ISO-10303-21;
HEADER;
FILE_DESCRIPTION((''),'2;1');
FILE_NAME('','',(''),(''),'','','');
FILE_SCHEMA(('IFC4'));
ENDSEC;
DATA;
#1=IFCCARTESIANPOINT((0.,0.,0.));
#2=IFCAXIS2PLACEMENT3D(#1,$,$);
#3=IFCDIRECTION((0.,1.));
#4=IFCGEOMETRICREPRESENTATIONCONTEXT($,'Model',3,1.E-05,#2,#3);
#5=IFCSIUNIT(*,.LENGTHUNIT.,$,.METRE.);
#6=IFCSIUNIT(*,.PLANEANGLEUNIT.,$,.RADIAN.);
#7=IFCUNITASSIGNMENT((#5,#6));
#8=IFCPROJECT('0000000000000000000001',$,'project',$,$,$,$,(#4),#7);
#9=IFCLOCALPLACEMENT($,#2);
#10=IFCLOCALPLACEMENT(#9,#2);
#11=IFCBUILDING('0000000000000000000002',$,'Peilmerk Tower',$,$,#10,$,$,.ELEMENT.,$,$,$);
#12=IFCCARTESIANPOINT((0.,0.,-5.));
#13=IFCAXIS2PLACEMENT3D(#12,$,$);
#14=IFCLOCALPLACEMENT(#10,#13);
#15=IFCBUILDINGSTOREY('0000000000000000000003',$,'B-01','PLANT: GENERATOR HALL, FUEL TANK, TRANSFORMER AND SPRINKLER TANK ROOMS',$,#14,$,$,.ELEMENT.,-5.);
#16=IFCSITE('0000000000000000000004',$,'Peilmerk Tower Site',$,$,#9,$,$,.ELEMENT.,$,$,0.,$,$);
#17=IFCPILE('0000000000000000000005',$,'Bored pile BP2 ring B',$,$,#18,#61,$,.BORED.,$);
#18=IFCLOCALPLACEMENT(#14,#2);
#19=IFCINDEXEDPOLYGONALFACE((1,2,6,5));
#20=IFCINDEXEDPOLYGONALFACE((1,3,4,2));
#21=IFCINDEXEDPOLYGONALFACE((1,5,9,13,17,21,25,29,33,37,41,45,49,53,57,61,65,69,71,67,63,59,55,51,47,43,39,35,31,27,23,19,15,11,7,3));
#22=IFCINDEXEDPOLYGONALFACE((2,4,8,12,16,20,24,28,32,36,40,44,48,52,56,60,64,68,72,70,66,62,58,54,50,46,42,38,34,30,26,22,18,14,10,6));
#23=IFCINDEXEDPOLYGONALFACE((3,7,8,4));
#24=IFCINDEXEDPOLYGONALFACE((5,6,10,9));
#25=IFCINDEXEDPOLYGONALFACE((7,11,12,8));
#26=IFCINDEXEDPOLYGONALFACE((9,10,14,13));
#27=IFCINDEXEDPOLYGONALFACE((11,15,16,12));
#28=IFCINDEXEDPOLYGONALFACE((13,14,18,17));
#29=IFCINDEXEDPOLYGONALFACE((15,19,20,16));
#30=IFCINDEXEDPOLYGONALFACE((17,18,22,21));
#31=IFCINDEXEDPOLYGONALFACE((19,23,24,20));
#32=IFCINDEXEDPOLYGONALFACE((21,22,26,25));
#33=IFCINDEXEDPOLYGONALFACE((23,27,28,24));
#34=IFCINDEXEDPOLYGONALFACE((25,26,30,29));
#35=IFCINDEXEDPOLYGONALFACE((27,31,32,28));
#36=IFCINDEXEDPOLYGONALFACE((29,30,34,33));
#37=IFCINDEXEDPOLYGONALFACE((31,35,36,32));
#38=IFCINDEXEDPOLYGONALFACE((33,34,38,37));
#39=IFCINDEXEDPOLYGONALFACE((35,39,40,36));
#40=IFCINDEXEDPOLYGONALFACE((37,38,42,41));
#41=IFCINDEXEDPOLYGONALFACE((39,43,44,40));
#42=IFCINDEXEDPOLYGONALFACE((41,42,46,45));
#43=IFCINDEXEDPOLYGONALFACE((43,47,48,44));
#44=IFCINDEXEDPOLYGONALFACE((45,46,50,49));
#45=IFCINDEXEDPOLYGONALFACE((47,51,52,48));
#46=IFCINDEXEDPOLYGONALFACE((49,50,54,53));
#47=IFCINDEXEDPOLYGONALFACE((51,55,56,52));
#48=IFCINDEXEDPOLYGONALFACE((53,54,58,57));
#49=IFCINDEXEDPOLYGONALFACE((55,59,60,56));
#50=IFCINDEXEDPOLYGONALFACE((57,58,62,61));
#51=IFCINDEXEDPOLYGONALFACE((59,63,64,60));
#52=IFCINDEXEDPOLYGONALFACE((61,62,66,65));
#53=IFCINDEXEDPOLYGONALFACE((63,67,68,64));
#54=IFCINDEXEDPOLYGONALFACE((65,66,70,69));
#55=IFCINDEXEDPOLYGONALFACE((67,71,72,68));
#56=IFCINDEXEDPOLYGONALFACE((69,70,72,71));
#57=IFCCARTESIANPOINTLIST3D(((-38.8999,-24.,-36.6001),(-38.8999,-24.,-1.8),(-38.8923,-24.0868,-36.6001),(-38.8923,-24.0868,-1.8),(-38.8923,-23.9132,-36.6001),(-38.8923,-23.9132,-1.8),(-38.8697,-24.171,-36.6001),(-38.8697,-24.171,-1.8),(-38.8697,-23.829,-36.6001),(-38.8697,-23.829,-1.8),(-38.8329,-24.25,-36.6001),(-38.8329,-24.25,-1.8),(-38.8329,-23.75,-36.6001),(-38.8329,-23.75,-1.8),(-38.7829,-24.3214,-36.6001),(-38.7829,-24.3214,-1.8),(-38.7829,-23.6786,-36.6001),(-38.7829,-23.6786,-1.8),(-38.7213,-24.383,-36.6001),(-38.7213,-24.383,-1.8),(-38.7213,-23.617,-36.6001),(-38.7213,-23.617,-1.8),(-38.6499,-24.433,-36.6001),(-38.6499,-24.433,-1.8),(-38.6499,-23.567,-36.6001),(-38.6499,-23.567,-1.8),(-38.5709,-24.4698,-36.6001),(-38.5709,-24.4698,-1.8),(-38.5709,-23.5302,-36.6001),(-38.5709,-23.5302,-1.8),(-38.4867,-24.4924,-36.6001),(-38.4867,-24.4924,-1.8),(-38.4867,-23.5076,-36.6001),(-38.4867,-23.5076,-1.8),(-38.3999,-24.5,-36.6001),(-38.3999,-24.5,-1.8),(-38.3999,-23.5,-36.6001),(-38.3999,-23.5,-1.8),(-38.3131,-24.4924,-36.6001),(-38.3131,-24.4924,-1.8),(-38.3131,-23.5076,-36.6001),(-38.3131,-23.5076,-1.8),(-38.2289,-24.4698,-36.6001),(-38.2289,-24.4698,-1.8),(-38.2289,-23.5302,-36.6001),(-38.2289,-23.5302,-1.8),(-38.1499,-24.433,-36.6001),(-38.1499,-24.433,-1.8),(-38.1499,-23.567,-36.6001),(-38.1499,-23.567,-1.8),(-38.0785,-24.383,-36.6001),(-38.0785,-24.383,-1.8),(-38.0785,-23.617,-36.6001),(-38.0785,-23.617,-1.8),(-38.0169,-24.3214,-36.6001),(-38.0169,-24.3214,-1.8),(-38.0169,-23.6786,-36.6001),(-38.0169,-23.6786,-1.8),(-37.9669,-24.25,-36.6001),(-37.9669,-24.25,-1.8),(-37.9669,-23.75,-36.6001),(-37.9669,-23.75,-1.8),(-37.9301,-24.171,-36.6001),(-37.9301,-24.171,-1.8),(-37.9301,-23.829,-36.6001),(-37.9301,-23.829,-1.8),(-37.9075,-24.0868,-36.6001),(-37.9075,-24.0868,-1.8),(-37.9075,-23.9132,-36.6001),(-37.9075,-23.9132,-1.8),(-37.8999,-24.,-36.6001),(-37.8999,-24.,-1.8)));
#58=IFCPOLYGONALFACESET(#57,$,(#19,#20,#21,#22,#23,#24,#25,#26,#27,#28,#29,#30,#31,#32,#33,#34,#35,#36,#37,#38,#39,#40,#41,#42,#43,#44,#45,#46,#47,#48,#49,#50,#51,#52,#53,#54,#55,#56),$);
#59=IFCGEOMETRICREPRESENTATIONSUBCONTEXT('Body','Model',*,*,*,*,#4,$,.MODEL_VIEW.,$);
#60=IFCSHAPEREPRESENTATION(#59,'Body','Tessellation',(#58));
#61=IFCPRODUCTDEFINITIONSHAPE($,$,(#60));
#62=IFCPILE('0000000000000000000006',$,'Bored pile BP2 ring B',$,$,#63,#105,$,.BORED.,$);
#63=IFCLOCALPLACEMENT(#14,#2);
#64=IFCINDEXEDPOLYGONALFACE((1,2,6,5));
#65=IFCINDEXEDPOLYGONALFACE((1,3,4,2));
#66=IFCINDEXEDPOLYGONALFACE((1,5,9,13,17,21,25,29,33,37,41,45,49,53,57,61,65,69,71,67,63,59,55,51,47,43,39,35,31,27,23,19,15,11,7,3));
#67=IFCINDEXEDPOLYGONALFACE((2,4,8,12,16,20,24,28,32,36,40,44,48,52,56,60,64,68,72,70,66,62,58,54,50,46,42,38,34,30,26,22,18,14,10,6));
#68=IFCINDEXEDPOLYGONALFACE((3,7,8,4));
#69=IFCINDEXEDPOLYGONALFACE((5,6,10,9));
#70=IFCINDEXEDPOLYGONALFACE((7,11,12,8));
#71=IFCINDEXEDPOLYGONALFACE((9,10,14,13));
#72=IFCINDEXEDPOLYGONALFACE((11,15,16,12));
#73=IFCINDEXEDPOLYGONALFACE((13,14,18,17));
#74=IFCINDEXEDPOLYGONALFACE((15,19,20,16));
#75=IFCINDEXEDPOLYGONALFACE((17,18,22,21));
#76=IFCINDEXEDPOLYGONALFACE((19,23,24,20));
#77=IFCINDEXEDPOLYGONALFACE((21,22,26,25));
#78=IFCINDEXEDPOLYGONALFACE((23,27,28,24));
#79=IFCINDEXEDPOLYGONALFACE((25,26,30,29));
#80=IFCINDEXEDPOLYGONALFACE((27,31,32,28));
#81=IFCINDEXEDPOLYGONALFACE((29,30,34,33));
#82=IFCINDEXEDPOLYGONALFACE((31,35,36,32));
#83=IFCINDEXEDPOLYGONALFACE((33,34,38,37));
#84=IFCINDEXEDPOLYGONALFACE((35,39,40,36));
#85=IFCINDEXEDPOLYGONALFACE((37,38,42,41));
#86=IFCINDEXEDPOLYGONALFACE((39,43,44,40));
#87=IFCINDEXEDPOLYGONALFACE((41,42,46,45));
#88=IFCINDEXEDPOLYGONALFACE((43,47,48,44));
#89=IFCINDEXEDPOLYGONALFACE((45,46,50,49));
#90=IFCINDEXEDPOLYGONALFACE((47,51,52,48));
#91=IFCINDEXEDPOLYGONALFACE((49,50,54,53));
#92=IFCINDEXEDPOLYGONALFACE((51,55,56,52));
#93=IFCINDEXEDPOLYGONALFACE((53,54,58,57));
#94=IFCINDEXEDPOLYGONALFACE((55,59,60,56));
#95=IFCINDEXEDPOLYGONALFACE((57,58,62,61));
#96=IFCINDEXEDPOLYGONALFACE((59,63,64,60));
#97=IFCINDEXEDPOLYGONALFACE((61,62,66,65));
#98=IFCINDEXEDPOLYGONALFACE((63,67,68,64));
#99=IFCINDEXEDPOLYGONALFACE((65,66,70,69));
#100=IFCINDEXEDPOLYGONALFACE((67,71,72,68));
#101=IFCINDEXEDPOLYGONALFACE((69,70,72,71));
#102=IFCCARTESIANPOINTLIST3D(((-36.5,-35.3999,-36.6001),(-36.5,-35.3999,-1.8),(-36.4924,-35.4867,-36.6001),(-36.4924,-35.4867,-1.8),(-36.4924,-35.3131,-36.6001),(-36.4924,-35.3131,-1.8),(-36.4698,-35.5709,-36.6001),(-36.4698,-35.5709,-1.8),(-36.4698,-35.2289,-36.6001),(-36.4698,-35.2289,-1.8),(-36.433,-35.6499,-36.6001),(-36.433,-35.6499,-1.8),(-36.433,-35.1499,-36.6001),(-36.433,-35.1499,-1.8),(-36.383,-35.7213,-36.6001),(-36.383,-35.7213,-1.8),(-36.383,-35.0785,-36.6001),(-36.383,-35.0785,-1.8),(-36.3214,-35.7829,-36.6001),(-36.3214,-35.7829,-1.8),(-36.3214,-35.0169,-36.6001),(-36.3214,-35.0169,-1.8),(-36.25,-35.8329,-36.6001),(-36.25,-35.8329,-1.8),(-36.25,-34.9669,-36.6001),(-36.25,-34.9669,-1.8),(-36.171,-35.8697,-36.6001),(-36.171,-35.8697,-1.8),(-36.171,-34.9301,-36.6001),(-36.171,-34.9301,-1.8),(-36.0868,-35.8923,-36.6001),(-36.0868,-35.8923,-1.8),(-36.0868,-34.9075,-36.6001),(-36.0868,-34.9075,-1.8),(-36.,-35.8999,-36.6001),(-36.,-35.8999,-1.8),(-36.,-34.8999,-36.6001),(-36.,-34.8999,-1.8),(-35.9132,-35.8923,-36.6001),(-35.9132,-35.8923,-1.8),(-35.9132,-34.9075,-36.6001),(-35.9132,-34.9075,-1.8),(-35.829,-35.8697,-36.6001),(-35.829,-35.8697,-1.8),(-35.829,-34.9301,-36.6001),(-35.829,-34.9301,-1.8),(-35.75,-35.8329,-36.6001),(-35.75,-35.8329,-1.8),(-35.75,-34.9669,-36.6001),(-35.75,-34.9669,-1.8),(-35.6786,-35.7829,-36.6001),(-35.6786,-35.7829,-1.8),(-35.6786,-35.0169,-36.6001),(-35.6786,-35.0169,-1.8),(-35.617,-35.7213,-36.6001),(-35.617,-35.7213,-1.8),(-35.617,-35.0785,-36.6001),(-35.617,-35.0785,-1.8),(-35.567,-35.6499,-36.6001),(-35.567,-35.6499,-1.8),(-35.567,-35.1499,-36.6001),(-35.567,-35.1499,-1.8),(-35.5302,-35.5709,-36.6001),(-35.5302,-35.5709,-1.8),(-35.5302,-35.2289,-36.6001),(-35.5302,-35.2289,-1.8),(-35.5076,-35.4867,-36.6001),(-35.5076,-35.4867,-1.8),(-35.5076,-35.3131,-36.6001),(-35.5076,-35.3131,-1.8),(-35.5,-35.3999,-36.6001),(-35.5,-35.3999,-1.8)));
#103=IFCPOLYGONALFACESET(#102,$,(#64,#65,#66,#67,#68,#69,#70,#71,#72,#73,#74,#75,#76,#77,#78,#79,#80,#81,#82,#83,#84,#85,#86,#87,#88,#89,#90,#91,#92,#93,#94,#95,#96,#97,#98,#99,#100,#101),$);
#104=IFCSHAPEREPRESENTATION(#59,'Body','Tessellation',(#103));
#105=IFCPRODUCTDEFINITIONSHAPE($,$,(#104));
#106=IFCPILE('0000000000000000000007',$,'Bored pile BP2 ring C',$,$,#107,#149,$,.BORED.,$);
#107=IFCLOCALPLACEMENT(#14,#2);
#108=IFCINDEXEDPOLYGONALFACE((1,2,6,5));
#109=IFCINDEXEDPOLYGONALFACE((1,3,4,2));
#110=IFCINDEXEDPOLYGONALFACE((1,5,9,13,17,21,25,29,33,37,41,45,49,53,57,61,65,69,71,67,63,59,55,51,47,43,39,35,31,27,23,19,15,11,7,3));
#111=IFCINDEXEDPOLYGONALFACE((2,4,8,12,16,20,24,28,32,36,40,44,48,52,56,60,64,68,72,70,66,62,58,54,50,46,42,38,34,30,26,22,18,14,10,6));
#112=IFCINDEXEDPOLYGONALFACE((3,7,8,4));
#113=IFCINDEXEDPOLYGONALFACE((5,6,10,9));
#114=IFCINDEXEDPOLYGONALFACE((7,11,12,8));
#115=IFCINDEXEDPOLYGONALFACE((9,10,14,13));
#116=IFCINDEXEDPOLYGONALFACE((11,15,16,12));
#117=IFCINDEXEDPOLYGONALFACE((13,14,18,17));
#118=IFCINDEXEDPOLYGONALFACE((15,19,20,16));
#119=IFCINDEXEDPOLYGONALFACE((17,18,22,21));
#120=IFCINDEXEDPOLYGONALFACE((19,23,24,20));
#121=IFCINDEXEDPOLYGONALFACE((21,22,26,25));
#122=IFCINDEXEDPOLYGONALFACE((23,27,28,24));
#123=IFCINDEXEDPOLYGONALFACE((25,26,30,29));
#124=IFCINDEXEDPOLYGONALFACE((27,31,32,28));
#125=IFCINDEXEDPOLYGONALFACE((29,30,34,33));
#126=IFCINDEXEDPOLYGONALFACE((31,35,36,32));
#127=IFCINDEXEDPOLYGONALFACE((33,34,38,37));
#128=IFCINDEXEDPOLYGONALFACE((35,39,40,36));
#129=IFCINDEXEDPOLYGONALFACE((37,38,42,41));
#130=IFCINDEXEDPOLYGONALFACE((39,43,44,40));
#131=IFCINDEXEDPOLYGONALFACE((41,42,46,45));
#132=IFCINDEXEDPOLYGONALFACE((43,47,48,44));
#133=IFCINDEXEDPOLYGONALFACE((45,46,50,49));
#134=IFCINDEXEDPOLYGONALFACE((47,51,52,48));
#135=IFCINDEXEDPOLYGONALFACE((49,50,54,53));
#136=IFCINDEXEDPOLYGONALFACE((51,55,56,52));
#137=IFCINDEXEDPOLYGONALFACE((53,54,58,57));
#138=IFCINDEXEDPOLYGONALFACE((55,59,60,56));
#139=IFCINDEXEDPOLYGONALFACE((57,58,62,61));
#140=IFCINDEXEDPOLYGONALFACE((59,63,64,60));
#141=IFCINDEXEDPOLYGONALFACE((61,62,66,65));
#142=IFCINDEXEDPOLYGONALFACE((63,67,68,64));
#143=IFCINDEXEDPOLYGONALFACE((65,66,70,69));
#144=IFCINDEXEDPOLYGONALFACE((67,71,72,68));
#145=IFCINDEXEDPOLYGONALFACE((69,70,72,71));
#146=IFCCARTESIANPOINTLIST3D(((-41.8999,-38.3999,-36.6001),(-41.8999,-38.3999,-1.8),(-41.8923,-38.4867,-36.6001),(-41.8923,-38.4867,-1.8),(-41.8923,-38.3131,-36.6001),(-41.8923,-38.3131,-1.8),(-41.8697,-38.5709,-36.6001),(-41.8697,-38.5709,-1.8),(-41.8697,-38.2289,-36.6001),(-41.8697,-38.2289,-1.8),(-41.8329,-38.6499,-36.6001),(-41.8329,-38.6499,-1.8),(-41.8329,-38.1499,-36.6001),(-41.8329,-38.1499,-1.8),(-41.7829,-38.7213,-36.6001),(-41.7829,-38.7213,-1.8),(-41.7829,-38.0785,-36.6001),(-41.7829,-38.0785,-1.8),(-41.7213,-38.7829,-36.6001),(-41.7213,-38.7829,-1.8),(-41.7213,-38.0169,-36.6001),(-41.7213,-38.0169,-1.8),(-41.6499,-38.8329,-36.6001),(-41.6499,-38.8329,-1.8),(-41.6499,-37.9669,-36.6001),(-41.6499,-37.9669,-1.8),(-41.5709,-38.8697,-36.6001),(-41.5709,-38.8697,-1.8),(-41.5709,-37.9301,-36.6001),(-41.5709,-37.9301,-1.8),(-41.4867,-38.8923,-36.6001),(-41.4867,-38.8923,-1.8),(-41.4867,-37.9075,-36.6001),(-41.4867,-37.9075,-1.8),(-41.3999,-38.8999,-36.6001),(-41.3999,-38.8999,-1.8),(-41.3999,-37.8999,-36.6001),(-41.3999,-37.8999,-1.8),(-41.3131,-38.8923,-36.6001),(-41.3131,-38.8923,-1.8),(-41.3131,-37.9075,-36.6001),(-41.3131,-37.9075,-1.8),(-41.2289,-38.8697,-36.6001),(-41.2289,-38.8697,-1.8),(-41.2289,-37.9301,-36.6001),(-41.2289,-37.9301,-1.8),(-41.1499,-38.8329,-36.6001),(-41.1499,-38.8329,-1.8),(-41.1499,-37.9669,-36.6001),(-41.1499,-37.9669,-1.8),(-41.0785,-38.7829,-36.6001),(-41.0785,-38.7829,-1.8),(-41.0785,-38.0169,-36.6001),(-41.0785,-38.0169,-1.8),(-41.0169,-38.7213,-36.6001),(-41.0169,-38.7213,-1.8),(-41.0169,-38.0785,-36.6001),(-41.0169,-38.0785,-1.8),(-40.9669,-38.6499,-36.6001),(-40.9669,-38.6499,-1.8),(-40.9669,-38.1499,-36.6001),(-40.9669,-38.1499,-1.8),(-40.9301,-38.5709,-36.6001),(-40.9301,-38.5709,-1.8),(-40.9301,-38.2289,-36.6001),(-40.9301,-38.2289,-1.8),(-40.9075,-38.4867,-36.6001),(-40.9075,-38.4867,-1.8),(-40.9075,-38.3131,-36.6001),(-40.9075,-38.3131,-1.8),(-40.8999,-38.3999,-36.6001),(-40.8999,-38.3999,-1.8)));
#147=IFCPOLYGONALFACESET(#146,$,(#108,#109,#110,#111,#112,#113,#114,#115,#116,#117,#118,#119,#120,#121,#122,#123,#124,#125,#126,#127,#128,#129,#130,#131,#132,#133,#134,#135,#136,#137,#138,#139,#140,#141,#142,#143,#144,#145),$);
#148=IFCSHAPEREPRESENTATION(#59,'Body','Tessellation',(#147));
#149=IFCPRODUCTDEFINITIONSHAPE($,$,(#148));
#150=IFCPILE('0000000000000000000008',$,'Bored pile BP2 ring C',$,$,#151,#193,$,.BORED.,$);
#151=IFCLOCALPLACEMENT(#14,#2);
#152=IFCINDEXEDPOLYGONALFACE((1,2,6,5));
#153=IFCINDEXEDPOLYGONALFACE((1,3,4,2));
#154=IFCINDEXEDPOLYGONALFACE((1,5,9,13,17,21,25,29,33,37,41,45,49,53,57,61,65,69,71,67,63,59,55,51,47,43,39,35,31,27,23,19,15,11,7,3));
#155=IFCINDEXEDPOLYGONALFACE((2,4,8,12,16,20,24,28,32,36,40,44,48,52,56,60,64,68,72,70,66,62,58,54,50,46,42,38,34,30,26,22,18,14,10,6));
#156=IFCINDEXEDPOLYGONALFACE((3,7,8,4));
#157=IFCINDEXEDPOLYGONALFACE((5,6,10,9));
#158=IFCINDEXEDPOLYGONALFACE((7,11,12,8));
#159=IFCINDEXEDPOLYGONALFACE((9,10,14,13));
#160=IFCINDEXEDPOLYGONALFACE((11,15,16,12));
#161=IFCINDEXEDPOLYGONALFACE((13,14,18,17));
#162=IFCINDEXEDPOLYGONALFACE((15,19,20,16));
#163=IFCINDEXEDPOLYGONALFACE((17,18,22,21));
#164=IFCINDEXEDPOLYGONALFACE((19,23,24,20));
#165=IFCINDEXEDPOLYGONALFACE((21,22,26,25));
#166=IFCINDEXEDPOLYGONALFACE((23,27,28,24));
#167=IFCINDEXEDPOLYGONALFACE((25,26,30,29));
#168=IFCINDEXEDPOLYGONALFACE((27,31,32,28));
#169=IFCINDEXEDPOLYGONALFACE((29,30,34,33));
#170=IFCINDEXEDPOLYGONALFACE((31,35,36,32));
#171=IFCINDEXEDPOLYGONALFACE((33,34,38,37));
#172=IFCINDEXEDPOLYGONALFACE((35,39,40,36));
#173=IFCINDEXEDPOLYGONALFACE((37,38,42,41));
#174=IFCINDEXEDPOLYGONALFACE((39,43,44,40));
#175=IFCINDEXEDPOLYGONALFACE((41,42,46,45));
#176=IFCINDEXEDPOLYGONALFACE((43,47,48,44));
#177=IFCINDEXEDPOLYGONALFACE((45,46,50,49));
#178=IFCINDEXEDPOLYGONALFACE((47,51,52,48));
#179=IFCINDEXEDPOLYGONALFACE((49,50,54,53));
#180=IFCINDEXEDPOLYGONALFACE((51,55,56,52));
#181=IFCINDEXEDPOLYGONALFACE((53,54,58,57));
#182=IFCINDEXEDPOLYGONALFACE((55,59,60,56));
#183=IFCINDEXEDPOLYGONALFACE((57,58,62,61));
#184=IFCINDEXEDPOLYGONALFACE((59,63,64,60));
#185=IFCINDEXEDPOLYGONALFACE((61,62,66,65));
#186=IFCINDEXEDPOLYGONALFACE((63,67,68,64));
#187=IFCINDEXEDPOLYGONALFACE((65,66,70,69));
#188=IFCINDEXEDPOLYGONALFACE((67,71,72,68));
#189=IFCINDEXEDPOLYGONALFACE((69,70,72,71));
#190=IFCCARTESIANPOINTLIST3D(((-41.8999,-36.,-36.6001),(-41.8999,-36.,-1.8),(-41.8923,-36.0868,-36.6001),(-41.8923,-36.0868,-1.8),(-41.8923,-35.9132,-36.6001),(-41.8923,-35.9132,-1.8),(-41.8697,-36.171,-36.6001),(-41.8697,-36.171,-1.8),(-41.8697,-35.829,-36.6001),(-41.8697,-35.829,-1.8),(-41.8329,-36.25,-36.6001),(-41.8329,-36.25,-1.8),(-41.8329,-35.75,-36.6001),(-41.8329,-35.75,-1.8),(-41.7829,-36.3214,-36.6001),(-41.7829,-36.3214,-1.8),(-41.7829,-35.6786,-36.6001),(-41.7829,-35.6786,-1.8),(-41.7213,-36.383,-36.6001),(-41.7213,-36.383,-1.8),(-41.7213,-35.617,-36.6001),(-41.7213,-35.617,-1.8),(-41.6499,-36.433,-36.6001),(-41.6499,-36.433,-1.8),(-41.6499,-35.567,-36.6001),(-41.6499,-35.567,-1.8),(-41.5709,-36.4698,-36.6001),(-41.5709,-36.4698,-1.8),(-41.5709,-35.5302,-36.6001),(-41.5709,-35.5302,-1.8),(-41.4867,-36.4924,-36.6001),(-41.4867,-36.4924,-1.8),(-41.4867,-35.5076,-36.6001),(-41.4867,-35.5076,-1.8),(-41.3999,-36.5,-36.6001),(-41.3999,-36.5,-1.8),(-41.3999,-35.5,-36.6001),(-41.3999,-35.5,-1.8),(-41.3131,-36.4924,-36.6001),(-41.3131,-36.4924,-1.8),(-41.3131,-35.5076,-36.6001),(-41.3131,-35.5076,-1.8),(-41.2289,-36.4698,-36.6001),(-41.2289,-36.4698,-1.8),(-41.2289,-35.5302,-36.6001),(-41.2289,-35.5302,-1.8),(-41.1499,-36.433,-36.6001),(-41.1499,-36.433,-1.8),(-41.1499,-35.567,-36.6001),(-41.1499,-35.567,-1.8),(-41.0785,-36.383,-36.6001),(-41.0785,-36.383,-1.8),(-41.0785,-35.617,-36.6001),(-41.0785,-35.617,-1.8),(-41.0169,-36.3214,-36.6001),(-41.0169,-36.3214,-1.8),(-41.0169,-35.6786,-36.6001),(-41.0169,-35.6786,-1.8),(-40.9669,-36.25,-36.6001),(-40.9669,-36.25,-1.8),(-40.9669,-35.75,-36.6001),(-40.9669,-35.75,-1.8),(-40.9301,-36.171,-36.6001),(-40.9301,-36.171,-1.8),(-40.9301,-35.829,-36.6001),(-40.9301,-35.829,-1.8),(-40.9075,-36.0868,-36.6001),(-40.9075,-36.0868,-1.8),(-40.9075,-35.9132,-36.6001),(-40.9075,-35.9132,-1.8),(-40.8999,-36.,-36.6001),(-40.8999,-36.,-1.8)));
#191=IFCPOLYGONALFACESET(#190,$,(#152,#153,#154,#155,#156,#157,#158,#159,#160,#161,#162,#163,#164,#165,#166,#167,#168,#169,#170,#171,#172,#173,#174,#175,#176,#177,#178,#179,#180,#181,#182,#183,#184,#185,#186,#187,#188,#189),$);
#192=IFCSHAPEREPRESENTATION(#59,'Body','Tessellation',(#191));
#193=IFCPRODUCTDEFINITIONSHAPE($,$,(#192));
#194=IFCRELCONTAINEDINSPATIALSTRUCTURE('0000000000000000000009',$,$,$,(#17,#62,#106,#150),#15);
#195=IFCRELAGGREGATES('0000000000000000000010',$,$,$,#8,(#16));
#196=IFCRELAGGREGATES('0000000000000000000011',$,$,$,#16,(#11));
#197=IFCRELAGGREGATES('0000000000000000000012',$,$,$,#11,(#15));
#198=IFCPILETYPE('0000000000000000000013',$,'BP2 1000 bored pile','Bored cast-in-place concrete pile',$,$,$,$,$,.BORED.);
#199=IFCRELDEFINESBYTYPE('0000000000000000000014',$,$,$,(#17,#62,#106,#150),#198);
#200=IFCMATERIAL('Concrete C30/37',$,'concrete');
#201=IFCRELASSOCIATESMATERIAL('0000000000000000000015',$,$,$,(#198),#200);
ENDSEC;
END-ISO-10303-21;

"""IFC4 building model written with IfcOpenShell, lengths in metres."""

from ifc_helpers import new_model, si_unit, direction, frame, origin, origin_2d, place, context, subcontext, project, spatial, circle, extrude, material, material_profile, profile_set, type_object, element, save


model = new_model("IFC4")

# Units and contexts
model_context = context("Model", 3, precision=1e-05, world=origin(), true_north=direction((0.0, 1.0)))
body_context = subcontext(model_context, "Body", "Model", "MODEL_VIEW")
ifc_project = project(units=[si_unit("LENGTHUNIT", "METRE"), si_unit("PLANEANGLEUNIT", "RADIAN")], contexts=[model_context])

# Site, building, storey
site_placement = place(None, origin())
site = spatial("IfcSite", under=ifc_project, at=site_placement, Name="Peilmerk Tower Site", CompositionType="ELEMENT", RefElevation=0.0)
building_placement = place(site_placement, origin())
building = spatial("IfcBuilding", under=site, at=building_placement, Name="Peilmerk Tower", CompositionType="ELEMENT")
storey_placement = place(building_placement, frame((0.0, 0.0, -5.0)))
storey = spatial("IfcBuildingStorey", under=building, at=storey_placement, Name="B-01", Description="PLANT: GENERATOR HALL, FUEL TANK, TRANSFORMER AND SPRINKLER TANK ROOMS", CompositionType="ELEMENT", Elevation=-5.0)

# Piles
ifc_material_1 = material(Name="Concrete C30/37", Category="concrete")
ifc_material_profile_1 = material_profile(ifc_material_1, circle(Radius=0.5, at=origin_2d()), Name="BP 1000")
ifc_profile_set_1 = profile_set([ifc_material_profile_1], Name="Concrete C30/37")
pile_type = type_object("IfcPileType", Name="BP2 1000 bored pile", Description="Bored cast-in-place concrete pile", PredefinedType="BORED", material=ifc_profile_set_1)
for number, where, z_axis, x_axis, name in (
    (1, (-38.3999, -24.0, -1.8), (0.0, 0.0, -1.0), (1.0, 0.0, 0.0), "Bored pile BP2 ring B"),
    (2, (-36.0, -35.3999, -1.8), (0.0, 0.0, -1.0), (1.0, 0.0, 0.0), "Bored pile BP2 ring B"),
    (3, (-41.3999, -38.3999, -1.8), (0.0, 0.0, -1.0), (1.0, 0.0, 0.0), "Bored pile BP2 ring C"),
    (4, (-41.3999, -36.0, -1.8), (0.0, 0.0, -1.0), (1.0, 0.0, 0.0), "Bored pile BP2 ring C"),
):
    element("IfcPile", number, at=place(storey_placement, frame(where, z_axis=z_axis, x_axis=x_axis)), inside=storey, type_object=pile_type, Name=name, PredefinedType="BORED", context=body_context, shape_type="SweptSolid", body=[
        extrude(circle(Radius=0.5, at=origin_2d()), origin(), (0.0, 0.0, 1.0), 34.8),
    ])

save(model, "model.ifc")
